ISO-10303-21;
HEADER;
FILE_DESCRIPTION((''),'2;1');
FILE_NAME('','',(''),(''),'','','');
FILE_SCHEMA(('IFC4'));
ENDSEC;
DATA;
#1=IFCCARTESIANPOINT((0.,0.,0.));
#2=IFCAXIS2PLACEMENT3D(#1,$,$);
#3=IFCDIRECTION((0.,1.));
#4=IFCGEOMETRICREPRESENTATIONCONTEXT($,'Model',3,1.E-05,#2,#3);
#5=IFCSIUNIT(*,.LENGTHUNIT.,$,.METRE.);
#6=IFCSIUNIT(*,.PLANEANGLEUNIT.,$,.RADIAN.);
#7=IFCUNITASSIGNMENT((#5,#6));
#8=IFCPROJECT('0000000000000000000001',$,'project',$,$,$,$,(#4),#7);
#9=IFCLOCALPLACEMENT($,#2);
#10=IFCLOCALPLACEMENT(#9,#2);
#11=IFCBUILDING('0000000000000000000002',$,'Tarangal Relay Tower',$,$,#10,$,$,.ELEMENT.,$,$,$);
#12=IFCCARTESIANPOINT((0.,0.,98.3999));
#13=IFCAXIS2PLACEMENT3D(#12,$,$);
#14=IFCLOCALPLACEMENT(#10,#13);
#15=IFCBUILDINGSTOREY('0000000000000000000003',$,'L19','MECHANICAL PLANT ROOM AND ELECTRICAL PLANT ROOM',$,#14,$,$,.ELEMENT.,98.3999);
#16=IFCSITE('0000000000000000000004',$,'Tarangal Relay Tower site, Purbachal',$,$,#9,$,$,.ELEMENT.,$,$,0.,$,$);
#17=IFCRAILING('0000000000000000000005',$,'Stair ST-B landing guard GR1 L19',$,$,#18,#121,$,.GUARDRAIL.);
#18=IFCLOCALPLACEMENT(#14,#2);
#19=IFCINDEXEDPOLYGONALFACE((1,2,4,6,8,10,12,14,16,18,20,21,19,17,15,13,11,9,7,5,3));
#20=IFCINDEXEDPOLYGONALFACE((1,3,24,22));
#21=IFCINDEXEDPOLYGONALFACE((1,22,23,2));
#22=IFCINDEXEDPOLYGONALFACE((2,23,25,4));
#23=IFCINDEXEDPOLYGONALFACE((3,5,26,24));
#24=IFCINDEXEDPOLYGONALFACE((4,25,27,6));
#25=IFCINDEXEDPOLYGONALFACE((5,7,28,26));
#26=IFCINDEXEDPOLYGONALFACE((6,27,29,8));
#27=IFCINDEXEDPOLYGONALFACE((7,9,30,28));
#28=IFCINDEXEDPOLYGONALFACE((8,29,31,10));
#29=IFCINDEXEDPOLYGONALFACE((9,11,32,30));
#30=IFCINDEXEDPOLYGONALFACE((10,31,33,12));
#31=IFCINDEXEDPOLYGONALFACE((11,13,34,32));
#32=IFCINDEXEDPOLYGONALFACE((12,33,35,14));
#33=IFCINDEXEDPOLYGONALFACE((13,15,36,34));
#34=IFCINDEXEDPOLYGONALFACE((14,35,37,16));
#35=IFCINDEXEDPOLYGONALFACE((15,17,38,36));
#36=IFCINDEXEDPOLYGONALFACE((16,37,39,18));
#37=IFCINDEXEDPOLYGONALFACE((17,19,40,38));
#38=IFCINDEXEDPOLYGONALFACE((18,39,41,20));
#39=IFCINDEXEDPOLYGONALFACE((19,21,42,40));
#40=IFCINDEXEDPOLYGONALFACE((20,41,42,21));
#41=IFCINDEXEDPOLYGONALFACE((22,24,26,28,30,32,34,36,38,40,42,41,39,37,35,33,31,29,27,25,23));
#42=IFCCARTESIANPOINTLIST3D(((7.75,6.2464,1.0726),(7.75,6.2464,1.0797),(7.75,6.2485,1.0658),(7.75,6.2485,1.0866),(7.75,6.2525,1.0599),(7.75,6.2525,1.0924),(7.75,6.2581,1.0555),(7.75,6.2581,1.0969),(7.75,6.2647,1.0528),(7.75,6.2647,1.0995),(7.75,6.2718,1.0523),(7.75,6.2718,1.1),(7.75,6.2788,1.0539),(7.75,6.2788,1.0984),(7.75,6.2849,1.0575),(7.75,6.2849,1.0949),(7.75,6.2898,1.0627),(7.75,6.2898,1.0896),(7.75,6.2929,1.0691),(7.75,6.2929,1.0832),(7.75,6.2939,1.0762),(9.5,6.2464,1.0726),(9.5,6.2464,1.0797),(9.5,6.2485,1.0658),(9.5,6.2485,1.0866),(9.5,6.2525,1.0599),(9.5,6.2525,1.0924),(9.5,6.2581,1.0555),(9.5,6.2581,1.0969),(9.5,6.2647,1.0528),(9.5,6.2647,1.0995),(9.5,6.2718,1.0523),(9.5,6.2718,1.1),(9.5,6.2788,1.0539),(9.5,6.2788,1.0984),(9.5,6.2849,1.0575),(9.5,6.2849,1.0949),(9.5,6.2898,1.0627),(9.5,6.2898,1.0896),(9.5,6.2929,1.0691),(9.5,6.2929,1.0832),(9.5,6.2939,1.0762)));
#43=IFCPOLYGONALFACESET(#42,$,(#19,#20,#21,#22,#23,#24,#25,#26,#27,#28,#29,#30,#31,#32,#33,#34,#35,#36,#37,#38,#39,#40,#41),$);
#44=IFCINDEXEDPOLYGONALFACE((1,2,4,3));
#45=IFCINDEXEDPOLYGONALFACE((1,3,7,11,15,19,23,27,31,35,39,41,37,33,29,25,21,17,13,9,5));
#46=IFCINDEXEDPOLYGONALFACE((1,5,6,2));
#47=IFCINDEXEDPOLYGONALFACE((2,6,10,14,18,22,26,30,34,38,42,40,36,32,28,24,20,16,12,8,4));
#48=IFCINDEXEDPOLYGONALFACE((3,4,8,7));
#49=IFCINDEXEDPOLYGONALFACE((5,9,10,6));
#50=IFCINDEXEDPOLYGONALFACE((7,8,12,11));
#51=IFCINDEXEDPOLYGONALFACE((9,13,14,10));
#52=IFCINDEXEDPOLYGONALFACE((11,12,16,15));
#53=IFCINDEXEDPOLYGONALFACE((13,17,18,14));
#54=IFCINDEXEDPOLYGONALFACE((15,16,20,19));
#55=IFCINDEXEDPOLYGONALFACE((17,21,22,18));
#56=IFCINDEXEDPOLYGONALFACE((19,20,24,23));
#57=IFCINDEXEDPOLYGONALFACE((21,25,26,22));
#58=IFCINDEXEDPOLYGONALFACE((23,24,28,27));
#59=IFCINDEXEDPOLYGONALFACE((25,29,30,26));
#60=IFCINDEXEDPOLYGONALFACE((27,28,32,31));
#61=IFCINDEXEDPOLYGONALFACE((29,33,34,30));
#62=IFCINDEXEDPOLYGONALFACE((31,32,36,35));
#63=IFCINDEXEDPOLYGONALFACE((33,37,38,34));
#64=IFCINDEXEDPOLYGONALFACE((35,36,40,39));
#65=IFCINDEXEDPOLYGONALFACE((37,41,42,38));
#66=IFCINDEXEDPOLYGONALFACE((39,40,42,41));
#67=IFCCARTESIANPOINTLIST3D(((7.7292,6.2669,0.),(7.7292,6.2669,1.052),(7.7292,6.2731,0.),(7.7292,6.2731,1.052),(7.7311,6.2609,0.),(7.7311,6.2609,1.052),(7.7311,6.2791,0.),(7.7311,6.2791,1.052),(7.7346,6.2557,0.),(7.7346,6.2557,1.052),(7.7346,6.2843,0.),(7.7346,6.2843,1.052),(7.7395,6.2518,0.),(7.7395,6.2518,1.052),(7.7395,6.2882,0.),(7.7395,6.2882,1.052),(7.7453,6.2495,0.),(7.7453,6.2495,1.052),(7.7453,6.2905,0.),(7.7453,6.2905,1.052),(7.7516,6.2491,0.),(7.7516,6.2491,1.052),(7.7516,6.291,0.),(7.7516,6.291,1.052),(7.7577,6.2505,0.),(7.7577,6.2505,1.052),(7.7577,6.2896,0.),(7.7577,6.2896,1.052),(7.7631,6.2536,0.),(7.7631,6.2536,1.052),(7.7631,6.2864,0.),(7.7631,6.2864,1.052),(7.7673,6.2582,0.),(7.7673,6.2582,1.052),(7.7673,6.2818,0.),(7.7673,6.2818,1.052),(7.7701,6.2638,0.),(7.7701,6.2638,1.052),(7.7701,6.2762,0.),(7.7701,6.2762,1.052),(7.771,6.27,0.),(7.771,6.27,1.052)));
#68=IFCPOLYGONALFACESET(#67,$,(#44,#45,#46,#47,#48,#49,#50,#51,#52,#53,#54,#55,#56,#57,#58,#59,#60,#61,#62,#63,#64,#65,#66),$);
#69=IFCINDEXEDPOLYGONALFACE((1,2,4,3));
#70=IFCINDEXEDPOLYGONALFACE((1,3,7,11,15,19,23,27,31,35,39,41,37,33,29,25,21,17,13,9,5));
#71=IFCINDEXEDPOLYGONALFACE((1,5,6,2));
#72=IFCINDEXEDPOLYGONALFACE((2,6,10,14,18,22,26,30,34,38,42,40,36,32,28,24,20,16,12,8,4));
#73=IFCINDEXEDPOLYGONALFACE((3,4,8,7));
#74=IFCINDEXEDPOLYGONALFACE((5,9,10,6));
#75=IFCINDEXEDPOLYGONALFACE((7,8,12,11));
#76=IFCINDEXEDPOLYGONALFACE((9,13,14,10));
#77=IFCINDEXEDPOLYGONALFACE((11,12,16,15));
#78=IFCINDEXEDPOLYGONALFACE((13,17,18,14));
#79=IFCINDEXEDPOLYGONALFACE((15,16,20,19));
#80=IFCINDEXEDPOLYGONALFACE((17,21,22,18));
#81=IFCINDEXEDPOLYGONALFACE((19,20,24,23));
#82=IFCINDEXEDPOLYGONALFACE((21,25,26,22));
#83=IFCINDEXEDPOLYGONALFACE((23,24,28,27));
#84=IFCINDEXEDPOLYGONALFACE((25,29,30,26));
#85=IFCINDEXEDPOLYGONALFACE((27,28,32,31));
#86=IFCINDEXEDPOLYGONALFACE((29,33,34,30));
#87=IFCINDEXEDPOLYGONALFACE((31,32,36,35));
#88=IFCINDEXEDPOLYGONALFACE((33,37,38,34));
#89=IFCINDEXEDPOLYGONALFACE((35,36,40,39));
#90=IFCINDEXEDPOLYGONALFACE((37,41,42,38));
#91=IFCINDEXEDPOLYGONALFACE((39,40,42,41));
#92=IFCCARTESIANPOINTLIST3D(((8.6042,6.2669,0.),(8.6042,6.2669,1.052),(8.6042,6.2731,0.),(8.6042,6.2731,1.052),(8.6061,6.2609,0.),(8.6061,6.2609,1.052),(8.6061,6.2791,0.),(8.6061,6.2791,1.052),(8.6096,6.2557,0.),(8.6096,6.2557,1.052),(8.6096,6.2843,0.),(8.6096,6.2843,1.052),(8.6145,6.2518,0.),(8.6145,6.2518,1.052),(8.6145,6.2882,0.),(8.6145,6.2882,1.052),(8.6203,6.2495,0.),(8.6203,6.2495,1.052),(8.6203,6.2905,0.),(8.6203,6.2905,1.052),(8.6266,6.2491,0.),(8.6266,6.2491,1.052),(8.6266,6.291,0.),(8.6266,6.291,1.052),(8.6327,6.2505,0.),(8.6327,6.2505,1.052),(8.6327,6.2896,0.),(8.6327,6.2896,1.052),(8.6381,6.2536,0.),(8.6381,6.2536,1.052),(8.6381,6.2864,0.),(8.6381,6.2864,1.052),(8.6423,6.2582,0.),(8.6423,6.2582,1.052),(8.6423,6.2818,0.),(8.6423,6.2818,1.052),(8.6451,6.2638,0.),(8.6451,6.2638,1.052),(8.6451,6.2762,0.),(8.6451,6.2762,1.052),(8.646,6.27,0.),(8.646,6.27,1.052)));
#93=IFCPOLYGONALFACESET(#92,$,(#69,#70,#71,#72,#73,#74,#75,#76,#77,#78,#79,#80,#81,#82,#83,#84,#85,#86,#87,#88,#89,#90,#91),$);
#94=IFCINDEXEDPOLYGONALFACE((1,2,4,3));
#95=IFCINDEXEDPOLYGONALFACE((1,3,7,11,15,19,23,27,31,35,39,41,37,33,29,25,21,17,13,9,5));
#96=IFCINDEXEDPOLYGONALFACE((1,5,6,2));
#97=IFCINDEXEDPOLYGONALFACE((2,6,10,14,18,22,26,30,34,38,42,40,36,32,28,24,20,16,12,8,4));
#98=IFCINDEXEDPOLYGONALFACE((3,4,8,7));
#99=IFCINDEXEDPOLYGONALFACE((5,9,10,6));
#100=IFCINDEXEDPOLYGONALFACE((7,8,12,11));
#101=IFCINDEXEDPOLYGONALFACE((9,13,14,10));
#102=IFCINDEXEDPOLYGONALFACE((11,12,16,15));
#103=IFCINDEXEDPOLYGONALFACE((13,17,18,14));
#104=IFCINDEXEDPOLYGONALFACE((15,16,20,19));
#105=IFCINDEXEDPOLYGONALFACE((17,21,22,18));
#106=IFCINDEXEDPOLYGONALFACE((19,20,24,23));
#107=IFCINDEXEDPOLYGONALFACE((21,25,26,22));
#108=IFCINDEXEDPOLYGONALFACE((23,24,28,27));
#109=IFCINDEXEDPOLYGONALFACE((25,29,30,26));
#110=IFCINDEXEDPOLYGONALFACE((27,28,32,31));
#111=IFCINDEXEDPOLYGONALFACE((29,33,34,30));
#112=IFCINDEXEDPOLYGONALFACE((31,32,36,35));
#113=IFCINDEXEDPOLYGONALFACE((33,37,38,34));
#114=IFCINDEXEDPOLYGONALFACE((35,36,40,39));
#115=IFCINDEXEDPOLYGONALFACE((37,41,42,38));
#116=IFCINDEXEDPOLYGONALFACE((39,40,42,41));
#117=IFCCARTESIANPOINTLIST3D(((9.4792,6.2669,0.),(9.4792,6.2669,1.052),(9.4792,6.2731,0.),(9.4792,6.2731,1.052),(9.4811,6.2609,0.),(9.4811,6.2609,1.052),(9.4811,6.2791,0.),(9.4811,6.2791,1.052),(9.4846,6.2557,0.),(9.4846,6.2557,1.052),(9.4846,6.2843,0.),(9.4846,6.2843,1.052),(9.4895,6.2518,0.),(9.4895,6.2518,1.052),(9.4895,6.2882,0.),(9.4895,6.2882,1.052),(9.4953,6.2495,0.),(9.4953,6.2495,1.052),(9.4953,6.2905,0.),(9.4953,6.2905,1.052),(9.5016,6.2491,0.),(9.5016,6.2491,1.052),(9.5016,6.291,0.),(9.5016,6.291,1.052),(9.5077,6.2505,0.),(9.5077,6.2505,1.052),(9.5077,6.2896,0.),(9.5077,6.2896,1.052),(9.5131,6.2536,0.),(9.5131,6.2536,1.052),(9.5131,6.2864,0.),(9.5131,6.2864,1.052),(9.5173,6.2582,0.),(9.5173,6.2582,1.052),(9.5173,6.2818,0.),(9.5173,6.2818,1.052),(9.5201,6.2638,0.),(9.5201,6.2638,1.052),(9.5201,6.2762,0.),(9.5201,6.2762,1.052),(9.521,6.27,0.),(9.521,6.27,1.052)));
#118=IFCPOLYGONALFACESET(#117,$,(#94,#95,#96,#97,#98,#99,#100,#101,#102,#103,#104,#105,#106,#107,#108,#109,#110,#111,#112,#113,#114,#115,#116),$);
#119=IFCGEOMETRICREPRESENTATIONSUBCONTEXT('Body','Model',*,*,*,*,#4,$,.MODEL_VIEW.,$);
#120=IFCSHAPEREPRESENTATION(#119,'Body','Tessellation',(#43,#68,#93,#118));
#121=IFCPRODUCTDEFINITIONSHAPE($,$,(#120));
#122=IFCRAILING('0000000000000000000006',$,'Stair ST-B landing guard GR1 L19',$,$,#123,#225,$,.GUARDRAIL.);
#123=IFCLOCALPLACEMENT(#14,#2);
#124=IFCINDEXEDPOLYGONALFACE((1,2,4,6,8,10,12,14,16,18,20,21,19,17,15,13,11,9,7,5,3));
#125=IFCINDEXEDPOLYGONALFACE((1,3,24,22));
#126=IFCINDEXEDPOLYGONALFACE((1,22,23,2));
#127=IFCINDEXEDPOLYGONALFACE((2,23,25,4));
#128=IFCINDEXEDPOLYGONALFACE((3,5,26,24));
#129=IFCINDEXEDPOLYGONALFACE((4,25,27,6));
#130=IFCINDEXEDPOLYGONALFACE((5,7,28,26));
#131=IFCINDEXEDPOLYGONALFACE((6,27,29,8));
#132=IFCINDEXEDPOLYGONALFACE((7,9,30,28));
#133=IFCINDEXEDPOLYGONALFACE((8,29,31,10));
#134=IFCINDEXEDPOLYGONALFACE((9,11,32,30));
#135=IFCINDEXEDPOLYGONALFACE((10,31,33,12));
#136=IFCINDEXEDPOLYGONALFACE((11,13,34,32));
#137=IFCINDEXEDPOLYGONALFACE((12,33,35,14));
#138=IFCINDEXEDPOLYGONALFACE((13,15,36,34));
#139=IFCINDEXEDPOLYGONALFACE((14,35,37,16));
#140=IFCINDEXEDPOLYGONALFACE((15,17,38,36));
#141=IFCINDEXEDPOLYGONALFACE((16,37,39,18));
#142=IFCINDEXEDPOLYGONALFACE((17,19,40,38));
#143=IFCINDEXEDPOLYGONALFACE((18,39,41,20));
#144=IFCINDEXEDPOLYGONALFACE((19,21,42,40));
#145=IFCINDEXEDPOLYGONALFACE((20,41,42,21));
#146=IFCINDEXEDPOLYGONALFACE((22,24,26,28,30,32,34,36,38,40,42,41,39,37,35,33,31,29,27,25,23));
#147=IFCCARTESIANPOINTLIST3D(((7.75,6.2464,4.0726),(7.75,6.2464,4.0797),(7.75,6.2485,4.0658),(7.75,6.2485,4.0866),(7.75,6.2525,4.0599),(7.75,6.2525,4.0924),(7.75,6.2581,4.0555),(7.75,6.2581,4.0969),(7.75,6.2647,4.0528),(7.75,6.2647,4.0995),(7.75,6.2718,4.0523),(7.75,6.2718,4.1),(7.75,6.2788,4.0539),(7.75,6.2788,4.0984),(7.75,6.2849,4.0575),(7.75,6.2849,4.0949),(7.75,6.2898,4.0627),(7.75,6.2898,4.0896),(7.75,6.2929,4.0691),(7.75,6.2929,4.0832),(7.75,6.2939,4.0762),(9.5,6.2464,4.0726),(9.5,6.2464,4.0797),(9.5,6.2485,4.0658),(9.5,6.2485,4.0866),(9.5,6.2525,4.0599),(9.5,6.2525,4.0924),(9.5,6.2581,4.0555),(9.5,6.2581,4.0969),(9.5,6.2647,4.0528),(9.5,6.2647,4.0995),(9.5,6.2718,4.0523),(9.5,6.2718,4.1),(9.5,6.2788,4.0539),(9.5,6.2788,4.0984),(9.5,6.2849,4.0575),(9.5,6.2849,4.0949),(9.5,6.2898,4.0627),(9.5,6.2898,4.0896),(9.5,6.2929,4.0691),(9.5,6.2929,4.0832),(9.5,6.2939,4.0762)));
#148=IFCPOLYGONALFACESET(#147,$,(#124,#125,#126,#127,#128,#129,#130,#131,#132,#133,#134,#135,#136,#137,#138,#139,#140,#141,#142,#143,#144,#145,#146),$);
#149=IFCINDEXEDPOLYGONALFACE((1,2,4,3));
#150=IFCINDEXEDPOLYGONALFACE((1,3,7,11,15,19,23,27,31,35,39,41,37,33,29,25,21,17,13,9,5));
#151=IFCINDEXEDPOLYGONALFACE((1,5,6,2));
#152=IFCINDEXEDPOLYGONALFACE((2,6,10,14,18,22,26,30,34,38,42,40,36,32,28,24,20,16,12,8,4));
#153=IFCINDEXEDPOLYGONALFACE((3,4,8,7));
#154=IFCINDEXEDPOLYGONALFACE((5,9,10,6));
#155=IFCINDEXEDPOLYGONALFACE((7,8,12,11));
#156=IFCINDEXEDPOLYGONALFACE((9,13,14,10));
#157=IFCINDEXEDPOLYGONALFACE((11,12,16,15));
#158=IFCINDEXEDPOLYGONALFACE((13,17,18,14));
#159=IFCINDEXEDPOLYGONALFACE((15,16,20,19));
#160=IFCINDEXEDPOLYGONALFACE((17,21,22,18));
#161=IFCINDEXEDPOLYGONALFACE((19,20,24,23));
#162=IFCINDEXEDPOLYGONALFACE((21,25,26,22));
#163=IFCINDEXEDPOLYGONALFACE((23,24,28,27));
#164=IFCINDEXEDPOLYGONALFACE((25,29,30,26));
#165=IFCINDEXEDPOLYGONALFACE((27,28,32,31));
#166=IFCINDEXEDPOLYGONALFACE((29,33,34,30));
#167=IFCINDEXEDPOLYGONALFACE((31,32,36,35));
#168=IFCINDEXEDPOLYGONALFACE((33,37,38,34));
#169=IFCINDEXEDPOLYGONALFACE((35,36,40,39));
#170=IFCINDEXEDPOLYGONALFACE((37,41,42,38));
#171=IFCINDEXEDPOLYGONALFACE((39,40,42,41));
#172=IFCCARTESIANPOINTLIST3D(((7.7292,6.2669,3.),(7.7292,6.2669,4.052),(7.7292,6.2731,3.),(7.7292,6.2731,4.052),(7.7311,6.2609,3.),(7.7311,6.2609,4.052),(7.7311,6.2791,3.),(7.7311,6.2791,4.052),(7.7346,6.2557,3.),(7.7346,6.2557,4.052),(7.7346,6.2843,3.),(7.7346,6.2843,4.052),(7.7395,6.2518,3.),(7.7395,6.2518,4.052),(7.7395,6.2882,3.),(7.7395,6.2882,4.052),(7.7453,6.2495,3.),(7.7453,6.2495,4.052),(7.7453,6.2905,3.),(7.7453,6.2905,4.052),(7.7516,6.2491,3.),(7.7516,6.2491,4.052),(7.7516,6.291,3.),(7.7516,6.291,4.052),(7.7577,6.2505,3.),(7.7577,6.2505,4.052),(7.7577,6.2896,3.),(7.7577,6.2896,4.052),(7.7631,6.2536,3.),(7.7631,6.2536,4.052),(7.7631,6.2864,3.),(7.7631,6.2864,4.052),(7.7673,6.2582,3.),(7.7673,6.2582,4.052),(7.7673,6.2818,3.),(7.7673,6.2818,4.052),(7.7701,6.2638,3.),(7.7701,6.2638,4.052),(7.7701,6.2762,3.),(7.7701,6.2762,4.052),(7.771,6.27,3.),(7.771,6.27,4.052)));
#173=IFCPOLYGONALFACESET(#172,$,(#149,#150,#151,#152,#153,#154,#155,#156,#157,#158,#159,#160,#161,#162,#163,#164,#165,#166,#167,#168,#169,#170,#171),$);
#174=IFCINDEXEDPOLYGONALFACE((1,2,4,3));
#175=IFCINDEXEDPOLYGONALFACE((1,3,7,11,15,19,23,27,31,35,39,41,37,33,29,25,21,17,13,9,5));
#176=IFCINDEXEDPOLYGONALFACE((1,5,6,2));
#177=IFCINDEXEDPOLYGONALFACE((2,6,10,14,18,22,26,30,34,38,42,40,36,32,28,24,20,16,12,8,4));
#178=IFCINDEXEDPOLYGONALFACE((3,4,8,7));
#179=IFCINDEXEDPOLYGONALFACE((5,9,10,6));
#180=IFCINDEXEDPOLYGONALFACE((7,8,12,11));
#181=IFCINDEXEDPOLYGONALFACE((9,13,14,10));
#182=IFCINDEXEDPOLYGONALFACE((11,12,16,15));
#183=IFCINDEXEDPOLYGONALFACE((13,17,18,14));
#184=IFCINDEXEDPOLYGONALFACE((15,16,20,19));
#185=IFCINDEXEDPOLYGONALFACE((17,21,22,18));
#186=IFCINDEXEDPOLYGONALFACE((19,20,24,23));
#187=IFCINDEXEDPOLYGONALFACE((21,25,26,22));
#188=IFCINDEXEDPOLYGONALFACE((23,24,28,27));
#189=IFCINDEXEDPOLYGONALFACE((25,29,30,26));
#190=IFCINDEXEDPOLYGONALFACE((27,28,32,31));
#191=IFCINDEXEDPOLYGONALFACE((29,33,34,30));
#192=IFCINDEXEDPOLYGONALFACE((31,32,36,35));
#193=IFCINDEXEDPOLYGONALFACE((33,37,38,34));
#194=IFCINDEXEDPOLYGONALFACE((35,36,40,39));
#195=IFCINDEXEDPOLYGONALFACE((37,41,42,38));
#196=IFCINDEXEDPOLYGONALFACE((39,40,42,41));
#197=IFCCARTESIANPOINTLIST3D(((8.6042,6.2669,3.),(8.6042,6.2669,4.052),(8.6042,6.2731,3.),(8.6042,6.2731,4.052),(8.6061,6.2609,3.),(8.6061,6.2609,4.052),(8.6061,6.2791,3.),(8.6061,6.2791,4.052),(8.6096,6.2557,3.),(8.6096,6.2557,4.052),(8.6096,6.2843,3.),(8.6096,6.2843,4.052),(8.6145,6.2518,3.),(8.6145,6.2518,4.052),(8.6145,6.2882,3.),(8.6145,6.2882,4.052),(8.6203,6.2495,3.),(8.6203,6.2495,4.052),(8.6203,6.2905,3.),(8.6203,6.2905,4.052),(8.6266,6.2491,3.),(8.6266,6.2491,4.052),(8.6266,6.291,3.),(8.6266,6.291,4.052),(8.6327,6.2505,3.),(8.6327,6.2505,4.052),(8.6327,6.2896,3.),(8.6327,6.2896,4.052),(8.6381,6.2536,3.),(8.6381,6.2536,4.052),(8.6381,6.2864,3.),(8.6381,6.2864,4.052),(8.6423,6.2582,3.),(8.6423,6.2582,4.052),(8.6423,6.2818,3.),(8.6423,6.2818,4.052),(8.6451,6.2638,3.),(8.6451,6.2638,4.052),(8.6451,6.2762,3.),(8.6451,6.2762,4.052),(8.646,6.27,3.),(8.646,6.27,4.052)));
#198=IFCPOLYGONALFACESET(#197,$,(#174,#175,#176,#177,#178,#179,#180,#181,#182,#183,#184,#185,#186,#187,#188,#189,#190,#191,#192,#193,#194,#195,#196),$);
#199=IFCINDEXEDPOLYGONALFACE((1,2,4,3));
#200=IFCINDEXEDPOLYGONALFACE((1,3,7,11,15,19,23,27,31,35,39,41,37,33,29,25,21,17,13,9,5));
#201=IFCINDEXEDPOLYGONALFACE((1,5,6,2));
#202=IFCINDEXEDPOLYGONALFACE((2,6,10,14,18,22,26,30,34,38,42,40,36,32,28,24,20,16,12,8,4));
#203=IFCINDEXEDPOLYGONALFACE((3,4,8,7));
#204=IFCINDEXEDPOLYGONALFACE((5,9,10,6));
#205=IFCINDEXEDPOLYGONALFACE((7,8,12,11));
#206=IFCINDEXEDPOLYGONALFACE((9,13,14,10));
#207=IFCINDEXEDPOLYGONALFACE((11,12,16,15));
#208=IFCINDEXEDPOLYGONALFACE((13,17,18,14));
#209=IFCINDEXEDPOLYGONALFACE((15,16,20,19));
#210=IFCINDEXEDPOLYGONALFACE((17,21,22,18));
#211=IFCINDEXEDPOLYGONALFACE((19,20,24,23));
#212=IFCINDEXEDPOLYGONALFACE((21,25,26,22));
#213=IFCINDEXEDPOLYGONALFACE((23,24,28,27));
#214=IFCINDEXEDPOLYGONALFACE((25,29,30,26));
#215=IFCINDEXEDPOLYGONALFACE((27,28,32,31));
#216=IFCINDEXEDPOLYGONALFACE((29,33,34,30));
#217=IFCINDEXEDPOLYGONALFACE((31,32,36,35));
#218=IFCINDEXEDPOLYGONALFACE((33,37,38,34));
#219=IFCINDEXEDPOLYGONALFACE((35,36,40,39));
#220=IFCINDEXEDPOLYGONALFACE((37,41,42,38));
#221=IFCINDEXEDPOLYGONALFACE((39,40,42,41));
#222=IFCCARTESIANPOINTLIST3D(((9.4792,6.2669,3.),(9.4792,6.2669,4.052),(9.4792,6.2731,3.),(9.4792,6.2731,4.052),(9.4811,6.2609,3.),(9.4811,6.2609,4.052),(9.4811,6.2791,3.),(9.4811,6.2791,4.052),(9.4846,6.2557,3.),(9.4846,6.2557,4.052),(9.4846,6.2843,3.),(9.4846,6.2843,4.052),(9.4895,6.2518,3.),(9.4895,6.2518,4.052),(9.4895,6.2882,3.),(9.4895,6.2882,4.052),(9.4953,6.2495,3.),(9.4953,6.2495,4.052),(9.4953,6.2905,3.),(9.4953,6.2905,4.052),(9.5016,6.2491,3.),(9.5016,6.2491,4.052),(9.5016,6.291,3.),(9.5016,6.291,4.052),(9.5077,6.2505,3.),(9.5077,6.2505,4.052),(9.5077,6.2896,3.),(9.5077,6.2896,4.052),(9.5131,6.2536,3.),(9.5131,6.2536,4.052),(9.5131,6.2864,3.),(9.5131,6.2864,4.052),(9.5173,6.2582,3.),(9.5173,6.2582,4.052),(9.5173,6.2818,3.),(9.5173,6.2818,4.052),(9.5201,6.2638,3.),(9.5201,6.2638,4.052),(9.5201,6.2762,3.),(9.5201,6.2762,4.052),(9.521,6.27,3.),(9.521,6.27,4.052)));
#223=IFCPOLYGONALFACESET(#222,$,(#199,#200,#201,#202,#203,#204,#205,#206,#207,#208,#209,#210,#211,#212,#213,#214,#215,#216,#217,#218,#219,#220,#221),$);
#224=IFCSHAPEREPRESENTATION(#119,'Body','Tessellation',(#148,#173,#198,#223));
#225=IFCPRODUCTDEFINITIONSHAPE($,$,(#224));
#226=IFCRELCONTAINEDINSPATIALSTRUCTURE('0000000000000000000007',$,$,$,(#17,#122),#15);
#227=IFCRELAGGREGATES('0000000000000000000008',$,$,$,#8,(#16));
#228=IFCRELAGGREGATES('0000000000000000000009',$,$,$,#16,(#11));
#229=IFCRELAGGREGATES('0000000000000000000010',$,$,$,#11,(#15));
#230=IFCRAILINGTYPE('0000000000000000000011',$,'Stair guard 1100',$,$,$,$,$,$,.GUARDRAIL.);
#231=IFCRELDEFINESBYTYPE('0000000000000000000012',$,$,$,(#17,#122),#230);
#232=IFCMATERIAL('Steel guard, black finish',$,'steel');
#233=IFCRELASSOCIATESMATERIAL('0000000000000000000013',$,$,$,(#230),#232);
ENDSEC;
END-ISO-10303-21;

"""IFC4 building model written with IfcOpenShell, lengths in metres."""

from ifc_helpers import new_model, si_unit, direction, frame, origin, origin_2d, place, context, subcontext, project, spatial, circle, extrude, material, type_object, element, save


model = new_model("IFC4")

# Units and contexts
model_context = context("Model", 3, precision=1e-05, world=origin(), true_north=direction((0.0, 1.0)))
body_context = subcontext(model_context, "Body", "Model", "MODEL_VIEW")
ifc_project = project(units=[si_unit("LENGTHUNIT", "METRE"), si_unit("PLANEANGLEUNIT", "RADIAN")], contexts=[model_context])

# Site, building, storey
site_placement = place(None, origin())
site = spatial("IfcSite", under=ifc_project, at=site_placement, Name="Tarangal Relay Tower site, Purbachal", CompositionType="ELEMENT", RefElevation=0.0)
building_placement = place(site_placement, origin())
building = spatial("IfcBuilding", under=site, at=building_placement, Name="Tarangal Relay Tower", CompositionType="ELEMENT")
storey_placement = place(building_placement, frame((0.0, 0.0, 98.3999)))
storey = spatial("IfcBuildingStorey", under=building, at=storey_placement, Name="L19", Description="MECHANICAL PLANT ROOM AND ELECTRICAL PLANT ROOM", CompositionType="ELEMENT", Elevation=98.3999)

# Railings
ifc_material_1 = material(Name="Steel guard, black finish", Category="steel")
railing_type_1 = type_object("IfcRailingType", Name="Stair guard 1100", PredefinedType="GUARDRAIL", material=ifc_material_1)
for number, where, name in (
    (1, (7.75, 6.27, 0.0), "Stair ST-B landing guard GR1 L19"),
    (2, (7.75, 6.27, 3.0), "Stair ST-B landing guard GR1 L19"),
):
    element("IfcRailing", number, at=place(storey_placement, frame(where)), inside=storey, type_object=railing_type_1, Name=name, PredefinedType="GUARDRAIL", context=body_context, shape_type="SweptSolid", body=[
        extrude(circle(Radius=0.0239, at=origin_2d()), frame((0.0, 0.0, 1.0762), z_axis=(1.0, 0.0, 0.0), x_axis=(0.0, 1.0, 0.0)), (0.0, 0.0, 1.0), 1.75),
        extrude(circle(Radius=0.021, at=origin_2d()), origin(), (0.0, 0.0, 1.0), 1.052),
        extrude(circle(Radius=0.021, at=origin_2d()), frame((0.875, 0.0, 0.0)), (0.0, 0.0, 1.0), 1.052),
        extrude(circle(Radius=0.021, at=origin_2d()), frame((1.75, 0.0, 0.0)), (0.0, 0.0, 1.0), 1.052),
    ])

save(model, "model.ifc")
